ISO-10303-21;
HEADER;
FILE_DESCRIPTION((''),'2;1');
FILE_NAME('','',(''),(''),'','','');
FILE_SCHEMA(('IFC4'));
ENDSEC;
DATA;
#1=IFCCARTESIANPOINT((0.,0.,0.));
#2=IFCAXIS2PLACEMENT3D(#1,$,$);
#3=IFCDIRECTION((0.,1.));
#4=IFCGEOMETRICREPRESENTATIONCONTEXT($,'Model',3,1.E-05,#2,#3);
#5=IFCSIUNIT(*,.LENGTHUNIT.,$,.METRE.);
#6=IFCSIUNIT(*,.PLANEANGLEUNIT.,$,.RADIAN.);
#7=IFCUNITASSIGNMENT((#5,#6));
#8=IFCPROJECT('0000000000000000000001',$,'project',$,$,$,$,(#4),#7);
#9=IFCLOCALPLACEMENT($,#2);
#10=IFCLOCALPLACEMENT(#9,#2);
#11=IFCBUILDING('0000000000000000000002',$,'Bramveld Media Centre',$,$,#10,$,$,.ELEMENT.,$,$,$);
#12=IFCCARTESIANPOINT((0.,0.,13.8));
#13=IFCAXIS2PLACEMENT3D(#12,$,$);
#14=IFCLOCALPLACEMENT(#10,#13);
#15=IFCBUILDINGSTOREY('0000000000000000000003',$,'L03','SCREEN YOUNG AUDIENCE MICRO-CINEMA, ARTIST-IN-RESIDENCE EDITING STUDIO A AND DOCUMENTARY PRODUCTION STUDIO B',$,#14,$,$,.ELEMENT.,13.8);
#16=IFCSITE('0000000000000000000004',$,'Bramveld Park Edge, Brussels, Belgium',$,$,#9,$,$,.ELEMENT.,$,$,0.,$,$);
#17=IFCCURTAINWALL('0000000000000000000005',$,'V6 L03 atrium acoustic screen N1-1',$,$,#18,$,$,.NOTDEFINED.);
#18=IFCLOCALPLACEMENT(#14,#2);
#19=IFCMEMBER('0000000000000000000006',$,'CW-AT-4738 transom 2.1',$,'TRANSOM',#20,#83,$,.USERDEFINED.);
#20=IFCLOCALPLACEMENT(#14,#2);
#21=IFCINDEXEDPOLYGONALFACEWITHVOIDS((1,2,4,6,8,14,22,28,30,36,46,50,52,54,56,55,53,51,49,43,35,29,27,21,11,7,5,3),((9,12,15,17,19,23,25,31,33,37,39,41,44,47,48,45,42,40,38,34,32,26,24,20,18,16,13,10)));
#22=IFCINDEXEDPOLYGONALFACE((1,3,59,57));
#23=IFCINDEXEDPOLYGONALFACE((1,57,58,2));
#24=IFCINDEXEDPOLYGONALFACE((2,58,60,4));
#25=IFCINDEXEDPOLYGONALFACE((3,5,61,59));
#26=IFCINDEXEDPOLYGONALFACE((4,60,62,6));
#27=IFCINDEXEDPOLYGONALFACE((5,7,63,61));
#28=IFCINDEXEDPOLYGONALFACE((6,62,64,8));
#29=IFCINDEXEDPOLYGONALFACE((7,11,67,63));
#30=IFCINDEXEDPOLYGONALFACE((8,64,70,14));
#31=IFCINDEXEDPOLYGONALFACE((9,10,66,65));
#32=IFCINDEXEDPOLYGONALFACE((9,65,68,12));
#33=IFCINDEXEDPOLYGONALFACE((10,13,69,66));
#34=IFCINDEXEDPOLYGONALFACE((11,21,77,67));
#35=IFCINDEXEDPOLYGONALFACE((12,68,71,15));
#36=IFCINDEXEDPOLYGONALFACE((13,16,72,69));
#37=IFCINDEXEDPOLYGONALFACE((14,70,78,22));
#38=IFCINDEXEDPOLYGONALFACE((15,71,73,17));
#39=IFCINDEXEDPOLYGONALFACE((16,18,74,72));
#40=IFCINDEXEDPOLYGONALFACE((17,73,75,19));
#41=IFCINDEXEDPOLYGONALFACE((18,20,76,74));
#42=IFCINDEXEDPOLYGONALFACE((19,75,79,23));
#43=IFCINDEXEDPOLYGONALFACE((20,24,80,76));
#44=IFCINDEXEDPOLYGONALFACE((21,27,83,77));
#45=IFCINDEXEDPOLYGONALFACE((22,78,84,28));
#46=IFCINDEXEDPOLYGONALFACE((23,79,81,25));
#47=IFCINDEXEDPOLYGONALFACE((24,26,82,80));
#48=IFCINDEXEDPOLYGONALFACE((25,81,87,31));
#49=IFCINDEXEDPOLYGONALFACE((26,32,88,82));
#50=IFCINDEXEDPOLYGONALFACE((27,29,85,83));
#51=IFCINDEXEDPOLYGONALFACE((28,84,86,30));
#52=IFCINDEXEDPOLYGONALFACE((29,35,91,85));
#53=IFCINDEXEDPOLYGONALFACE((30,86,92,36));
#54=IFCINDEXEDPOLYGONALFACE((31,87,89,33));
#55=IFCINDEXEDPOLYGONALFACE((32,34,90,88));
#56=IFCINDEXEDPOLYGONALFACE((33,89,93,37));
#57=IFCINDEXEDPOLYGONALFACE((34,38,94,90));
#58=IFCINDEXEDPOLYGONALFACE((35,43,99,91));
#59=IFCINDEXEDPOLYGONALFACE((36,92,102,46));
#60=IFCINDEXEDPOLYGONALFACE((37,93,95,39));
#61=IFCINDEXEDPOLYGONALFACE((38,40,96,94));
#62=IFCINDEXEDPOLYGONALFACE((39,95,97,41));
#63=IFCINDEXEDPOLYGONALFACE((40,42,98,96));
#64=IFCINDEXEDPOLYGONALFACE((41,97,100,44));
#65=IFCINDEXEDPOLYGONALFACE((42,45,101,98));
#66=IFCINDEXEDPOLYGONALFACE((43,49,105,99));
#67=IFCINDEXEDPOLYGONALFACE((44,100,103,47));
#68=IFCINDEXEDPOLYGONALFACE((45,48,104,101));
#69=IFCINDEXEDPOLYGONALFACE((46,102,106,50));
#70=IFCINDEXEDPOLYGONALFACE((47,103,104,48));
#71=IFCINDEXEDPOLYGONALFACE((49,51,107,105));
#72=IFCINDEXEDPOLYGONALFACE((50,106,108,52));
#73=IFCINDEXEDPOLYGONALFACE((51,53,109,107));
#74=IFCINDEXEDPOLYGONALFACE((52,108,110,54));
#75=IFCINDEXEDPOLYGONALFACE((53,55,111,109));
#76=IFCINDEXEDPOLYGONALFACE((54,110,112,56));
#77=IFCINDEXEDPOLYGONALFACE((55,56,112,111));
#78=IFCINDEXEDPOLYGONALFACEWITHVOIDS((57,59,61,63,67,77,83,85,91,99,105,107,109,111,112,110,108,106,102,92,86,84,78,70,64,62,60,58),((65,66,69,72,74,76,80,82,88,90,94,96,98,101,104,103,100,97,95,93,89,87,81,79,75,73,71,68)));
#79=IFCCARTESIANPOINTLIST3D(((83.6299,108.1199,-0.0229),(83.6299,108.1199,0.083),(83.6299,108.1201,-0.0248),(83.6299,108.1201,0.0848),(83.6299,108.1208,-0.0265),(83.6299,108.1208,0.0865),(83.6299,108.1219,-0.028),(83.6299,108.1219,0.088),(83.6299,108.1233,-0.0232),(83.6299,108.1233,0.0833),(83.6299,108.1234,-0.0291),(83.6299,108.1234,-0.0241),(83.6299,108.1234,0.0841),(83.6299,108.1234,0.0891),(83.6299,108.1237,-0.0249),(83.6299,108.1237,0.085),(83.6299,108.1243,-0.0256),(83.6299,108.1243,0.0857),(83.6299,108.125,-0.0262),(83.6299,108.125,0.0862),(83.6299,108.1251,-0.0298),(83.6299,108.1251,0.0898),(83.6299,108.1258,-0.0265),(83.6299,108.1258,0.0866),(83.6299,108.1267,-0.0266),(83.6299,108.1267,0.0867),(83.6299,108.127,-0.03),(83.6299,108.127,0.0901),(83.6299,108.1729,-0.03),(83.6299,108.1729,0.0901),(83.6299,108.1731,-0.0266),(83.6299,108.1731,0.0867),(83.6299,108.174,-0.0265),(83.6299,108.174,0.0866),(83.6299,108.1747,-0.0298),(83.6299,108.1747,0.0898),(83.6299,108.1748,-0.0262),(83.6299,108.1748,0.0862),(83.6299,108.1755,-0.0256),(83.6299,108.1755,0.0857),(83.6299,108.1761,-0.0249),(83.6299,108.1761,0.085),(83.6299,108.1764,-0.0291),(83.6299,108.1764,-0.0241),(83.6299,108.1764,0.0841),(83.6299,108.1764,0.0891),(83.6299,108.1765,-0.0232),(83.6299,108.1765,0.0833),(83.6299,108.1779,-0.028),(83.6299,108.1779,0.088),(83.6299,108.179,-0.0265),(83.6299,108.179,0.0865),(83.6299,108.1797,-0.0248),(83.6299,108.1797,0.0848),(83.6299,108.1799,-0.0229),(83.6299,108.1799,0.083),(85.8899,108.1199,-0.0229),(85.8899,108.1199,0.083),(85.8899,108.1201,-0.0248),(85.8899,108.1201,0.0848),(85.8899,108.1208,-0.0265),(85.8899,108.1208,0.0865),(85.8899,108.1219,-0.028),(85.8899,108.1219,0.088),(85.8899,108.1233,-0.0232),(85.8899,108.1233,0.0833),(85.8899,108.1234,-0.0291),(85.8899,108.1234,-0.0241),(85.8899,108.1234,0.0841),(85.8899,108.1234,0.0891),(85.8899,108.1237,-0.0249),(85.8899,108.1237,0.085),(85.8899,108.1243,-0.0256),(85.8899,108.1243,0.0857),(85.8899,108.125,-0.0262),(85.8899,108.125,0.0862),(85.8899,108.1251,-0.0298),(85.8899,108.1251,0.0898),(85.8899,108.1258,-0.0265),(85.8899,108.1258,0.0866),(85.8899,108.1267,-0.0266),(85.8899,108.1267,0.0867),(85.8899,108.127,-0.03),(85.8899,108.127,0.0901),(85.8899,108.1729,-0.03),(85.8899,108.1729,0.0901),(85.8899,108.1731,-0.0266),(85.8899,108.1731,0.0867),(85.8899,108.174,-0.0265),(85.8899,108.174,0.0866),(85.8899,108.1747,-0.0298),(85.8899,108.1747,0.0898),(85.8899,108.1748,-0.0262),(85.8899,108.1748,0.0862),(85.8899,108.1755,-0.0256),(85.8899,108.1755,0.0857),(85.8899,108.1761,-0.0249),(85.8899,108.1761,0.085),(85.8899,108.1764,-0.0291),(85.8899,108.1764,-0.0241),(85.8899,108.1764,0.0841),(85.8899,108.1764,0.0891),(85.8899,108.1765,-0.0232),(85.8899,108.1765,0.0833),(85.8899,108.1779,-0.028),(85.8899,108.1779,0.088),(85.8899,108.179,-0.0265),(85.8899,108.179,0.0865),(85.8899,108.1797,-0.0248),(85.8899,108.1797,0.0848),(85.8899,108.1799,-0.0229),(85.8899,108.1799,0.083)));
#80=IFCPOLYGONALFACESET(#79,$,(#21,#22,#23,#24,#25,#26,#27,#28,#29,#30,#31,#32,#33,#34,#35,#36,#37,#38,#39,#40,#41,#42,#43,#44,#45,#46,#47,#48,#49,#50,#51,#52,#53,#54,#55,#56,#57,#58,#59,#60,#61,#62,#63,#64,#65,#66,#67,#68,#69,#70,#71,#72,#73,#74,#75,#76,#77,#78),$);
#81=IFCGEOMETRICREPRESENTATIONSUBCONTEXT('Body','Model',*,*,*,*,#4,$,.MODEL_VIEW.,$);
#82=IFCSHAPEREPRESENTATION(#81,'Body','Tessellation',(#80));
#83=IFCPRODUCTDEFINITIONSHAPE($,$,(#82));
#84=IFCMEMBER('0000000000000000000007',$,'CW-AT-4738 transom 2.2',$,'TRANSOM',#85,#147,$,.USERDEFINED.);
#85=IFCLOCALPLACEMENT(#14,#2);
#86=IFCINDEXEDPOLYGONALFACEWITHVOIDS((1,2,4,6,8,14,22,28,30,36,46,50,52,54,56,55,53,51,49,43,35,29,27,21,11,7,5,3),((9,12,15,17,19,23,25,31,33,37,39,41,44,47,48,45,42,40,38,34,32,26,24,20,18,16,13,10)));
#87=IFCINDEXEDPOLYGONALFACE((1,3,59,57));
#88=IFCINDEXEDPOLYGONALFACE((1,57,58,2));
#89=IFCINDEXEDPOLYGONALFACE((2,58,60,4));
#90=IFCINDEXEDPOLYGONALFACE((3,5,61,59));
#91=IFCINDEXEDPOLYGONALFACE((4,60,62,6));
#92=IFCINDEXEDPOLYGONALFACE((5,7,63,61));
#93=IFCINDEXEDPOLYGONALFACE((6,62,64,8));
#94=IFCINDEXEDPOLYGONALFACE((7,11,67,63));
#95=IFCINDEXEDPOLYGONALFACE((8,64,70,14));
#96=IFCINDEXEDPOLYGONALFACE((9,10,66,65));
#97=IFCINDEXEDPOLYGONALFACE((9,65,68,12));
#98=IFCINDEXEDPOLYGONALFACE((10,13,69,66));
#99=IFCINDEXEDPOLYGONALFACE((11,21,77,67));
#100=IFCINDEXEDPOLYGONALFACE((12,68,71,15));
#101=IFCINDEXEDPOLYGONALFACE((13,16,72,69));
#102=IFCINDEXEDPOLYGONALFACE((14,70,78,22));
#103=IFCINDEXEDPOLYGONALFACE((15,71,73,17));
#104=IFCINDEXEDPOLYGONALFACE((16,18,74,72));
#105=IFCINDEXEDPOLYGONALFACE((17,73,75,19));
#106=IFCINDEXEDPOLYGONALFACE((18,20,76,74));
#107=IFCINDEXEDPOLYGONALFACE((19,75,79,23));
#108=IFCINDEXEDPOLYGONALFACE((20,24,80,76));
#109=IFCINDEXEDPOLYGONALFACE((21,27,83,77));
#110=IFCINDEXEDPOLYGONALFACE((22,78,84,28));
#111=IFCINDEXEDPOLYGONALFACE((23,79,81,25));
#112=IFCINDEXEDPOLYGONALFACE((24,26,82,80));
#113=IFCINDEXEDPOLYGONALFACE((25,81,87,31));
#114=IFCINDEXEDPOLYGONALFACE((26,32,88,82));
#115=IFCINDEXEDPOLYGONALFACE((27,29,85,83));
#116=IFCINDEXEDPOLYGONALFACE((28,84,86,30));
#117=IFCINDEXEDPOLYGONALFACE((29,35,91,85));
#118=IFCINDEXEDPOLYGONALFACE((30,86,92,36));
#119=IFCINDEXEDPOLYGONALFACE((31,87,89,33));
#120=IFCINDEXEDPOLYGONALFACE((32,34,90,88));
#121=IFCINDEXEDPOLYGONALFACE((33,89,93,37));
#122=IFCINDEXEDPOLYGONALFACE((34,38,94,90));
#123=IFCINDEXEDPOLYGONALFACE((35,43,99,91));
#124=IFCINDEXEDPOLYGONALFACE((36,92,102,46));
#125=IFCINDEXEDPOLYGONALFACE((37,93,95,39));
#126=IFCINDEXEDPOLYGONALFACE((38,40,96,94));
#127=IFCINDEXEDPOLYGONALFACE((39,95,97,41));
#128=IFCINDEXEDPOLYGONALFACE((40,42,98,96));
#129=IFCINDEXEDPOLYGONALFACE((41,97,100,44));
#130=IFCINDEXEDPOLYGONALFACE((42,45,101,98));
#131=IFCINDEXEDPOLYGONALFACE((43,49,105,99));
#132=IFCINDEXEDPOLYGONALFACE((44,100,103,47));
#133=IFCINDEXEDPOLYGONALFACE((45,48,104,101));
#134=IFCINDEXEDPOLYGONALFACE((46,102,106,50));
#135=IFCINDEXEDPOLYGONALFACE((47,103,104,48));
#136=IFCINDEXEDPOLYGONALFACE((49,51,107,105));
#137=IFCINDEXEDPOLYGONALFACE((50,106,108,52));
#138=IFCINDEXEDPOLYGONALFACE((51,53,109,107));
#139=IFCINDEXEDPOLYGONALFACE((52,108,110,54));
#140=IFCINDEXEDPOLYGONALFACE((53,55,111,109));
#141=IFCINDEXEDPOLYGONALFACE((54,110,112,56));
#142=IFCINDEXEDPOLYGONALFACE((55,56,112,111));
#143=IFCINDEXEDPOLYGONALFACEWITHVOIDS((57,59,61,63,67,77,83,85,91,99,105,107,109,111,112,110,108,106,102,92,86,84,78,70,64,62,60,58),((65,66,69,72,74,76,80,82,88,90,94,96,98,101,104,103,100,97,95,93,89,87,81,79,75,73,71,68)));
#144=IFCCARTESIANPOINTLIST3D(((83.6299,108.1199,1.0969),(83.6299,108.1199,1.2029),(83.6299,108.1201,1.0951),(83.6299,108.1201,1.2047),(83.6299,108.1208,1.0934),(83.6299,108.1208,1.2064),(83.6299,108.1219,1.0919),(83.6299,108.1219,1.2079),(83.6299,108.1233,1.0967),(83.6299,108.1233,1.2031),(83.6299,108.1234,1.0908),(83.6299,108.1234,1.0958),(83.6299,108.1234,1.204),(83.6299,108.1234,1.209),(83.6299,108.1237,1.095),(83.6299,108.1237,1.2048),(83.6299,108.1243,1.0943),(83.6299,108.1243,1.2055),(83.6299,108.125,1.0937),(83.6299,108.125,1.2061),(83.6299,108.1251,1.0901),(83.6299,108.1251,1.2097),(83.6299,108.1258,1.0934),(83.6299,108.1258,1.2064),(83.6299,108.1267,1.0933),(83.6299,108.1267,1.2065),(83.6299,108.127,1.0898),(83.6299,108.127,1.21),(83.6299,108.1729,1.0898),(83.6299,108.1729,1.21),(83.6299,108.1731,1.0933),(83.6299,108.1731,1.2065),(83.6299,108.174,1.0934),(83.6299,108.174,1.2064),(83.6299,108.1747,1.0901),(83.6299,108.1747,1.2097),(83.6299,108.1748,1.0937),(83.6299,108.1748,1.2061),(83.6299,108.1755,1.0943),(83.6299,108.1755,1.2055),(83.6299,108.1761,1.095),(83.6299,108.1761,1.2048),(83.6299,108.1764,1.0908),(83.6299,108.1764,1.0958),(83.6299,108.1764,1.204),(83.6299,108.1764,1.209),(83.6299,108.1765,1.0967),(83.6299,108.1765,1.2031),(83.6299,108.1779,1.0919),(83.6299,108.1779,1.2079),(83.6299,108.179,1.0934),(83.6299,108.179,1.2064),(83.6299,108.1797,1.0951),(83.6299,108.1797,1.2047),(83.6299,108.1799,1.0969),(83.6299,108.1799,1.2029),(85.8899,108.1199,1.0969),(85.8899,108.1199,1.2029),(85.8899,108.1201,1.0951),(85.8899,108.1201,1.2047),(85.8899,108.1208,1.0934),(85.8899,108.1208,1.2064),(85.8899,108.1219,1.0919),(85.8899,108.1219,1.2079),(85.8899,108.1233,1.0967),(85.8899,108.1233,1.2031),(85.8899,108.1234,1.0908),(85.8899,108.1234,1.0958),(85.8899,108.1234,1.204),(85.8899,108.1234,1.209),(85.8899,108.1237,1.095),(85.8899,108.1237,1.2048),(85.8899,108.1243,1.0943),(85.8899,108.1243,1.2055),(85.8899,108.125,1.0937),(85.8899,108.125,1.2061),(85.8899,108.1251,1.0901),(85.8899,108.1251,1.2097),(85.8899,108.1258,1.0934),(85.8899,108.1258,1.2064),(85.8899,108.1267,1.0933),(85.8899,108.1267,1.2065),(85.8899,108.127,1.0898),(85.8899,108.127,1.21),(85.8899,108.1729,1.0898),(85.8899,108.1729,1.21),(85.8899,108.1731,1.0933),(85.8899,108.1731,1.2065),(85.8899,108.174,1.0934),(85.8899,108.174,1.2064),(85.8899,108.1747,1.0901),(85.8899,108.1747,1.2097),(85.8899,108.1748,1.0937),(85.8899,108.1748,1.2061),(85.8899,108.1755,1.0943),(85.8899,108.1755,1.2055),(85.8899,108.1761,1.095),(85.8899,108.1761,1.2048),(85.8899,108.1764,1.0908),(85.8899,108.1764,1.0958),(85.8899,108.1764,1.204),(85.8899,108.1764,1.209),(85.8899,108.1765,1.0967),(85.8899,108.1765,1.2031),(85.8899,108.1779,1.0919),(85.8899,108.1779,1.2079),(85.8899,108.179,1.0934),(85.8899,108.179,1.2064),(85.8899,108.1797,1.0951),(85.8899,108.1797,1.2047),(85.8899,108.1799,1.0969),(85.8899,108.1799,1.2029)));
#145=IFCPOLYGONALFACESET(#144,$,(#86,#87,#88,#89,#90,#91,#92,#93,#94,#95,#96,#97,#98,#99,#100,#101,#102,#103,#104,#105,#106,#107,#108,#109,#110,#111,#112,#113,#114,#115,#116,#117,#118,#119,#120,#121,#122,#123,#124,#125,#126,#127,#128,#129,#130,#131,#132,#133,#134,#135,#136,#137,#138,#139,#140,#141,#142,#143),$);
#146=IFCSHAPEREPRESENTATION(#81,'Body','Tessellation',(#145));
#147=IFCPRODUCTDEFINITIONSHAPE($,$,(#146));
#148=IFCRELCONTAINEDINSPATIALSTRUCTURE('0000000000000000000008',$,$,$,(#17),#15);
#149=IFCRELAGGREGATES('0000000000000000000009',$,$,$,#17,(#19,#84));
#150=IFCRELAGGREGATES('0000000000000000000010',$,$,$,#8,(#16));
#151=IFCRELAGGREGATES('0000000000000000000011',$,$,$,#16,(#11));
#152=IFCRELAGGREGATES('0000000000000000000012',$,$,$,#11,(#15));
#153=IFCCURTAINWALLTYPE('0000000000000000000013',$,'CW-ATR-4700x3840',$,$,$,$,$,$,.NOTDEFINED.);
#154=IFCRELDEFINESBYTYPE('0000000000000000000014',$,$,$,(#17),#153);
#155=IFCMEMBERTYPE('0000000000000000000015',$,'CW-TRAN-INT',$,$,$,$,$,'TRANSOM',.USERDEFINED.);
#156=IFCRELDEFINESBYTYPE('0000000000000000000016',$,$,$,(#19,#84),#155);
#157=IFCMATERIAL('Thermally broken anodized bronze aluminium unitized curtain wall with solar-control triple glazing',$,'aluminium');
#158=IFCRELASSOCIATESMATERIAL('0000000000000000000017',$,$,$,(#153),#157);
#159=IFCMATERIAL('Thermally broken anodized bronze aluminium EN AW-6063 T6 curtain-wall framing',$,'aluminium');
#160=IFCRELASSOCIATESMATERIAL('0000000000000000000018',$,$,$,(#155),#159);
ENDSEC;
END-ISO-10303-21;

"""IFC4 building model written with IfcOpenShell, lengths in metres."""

from ifc_helpers import new_model, si_unit, direction, frame, origin, origin_2d, place, context, subcontext, project, spatial, hollow_rectangle, extrude, material, material_profile, profile_set, type_object, element, aggregate, save


model = new_model("IFC4")

# Units and contexts
model_context = context("Model", 3, precision=1e-05, world=origin(), true_north=direction((0.0, 1.0)))
body_context = subcontext(model_context, "Body", "Model", "MODEL_VIEW")
ifc_project = project(units=[si_unit("LENGTHUNIT", "METRE"), si_unit("PLANEANGLEUNIT", "RADIAN")], contexts=[model_context])

# Site, building, storey
site_placement = place(None, origin())
site = spatial("IfcSite", under=ifc_project, at=site_placement, Name="Bramveld Park Edge, Brussels, Belgium", CompositionType="ELEMENT", RefElevation=0.0)
building_placement = place(site_placement, origin())
building = spatial("IfcBuilding", under=site, at=building_placement, Name="Bramveld Media Centre", CompositionType="ELEMENT")
storey_placement = place(building_placement, frame((0.0, 0.0, 13.8)))
storey = spatial("IfcBuildingStorey", under=building, at=storey_placement, Name="L03", Description="SCREEN YOUNG AUDIENCE MICRO-CINEMA, ARTIST-IN-RESIDENCE EDITING STUDIO A AND DOCUMENTARY PRODUCTION STUDIO B", CompositionType="ELEMENT", Elevation=13.8)

# Curtain wall
ifc_material_1 = material(Name="Thermally broken anodized bronze aluminium unitized curtain wall with solar-control triple glazing", Category="aluminium")
curtain_wall_type_1 = type_object("IfcCurtainWallType", Name="CW-ATR-4700x3840", PredefinedType="NOTDEFINED", material=ifc_material_1)
curtain_wall_1_placement = place(storey_placement, origin())
curtain_wall_1 = element("IfcCurtainWall", 1, at=curtain_wall_1_placement, inside=storey, type_object=curtain_wall_type_1, Name="V6 L03 atrium acoustic screen N1-1", PredefinedType="NOTDEFINED")

# Members
ifc_material_2 = material(Name="Thermally broken anodized bronze aluminium EN AW-6063 T6 curtain-wall framing", Category="aluminium")
ifc_material_profile_1 = material_profile(ifc_material_2, hollow_rectangle(XDim=0.0601, YDim=0.1201, WallThickness=0.0034, InnerFilletRadius=0.0034, OuterFilletRadius=0.0071, at=origin_2d()), Name="AL-TRAN 60x120")
ifc_profile_set_1 = profile_set([ifc_material_profile_1], Name="Thermally broken anodized bronze aluminium EN AW-6063 T6 curtain-wall framing")
member_type_1 = type_object("IfcMemberType", Name="CW-TRAN-INT", ElementType="TRANSOM", PredefinedType="USERDEFINED", material=ifc_profile_set_1)
member_1_placement = place(storey_placement, frame((83.6299, 108.1499, 0.03), z_axis=(1.0, 0.0, 0.0), x_axis=(0.0, 1.0, 0.0)))
member_1 = element("IfcMember", 2, at=member_1_placement, type_object=member_type_1, Name="CW-AT-4738 transom 2.1", ObjectType="TRANSOM", PredefinedType="USERDEFINED", context=body_context, shape_type="SweptSolid", body=[
    extrude(hollow_rectangle(XDim=0.0601, YDim=0.1201, WallThickness=0.0034, InnerFilletRadius=0.0034, OuterFilletRadius=0.0071, at=origin_2d()), origin(), (0.0, 0.0, 1.0), 2.26),
])
member_2_placement = place(storey_placement, frame((83.6299, 108.1499, 1.1499), z_axis=(1.0, 0.0, 0.0), x_axis=(0.0, 1.0, 0.0)))
member_2 = element("IfcMember", 3, at=member_2_placement, type_object=member_type_1, Name="CW-AT-4738 transom 2.2", ObjectType="TRANSOM", PredefinedType="USERDEFINED", context=body_context, shape_type="SweptSolid", body=[
    extrude(hollow_rectangle(XDim=0.0601, YDim=0.1201, WallThickness=0.0034, InnerFilletRadius=0.0034, OuterFilletRadius=0.0071, at=origin_2d()), origin(), (0.0, 0.0, 1.0), 2.26),
])

aggregate(curtain_wall_1, [member_1, member_2])

save(model, "model.ifc")
